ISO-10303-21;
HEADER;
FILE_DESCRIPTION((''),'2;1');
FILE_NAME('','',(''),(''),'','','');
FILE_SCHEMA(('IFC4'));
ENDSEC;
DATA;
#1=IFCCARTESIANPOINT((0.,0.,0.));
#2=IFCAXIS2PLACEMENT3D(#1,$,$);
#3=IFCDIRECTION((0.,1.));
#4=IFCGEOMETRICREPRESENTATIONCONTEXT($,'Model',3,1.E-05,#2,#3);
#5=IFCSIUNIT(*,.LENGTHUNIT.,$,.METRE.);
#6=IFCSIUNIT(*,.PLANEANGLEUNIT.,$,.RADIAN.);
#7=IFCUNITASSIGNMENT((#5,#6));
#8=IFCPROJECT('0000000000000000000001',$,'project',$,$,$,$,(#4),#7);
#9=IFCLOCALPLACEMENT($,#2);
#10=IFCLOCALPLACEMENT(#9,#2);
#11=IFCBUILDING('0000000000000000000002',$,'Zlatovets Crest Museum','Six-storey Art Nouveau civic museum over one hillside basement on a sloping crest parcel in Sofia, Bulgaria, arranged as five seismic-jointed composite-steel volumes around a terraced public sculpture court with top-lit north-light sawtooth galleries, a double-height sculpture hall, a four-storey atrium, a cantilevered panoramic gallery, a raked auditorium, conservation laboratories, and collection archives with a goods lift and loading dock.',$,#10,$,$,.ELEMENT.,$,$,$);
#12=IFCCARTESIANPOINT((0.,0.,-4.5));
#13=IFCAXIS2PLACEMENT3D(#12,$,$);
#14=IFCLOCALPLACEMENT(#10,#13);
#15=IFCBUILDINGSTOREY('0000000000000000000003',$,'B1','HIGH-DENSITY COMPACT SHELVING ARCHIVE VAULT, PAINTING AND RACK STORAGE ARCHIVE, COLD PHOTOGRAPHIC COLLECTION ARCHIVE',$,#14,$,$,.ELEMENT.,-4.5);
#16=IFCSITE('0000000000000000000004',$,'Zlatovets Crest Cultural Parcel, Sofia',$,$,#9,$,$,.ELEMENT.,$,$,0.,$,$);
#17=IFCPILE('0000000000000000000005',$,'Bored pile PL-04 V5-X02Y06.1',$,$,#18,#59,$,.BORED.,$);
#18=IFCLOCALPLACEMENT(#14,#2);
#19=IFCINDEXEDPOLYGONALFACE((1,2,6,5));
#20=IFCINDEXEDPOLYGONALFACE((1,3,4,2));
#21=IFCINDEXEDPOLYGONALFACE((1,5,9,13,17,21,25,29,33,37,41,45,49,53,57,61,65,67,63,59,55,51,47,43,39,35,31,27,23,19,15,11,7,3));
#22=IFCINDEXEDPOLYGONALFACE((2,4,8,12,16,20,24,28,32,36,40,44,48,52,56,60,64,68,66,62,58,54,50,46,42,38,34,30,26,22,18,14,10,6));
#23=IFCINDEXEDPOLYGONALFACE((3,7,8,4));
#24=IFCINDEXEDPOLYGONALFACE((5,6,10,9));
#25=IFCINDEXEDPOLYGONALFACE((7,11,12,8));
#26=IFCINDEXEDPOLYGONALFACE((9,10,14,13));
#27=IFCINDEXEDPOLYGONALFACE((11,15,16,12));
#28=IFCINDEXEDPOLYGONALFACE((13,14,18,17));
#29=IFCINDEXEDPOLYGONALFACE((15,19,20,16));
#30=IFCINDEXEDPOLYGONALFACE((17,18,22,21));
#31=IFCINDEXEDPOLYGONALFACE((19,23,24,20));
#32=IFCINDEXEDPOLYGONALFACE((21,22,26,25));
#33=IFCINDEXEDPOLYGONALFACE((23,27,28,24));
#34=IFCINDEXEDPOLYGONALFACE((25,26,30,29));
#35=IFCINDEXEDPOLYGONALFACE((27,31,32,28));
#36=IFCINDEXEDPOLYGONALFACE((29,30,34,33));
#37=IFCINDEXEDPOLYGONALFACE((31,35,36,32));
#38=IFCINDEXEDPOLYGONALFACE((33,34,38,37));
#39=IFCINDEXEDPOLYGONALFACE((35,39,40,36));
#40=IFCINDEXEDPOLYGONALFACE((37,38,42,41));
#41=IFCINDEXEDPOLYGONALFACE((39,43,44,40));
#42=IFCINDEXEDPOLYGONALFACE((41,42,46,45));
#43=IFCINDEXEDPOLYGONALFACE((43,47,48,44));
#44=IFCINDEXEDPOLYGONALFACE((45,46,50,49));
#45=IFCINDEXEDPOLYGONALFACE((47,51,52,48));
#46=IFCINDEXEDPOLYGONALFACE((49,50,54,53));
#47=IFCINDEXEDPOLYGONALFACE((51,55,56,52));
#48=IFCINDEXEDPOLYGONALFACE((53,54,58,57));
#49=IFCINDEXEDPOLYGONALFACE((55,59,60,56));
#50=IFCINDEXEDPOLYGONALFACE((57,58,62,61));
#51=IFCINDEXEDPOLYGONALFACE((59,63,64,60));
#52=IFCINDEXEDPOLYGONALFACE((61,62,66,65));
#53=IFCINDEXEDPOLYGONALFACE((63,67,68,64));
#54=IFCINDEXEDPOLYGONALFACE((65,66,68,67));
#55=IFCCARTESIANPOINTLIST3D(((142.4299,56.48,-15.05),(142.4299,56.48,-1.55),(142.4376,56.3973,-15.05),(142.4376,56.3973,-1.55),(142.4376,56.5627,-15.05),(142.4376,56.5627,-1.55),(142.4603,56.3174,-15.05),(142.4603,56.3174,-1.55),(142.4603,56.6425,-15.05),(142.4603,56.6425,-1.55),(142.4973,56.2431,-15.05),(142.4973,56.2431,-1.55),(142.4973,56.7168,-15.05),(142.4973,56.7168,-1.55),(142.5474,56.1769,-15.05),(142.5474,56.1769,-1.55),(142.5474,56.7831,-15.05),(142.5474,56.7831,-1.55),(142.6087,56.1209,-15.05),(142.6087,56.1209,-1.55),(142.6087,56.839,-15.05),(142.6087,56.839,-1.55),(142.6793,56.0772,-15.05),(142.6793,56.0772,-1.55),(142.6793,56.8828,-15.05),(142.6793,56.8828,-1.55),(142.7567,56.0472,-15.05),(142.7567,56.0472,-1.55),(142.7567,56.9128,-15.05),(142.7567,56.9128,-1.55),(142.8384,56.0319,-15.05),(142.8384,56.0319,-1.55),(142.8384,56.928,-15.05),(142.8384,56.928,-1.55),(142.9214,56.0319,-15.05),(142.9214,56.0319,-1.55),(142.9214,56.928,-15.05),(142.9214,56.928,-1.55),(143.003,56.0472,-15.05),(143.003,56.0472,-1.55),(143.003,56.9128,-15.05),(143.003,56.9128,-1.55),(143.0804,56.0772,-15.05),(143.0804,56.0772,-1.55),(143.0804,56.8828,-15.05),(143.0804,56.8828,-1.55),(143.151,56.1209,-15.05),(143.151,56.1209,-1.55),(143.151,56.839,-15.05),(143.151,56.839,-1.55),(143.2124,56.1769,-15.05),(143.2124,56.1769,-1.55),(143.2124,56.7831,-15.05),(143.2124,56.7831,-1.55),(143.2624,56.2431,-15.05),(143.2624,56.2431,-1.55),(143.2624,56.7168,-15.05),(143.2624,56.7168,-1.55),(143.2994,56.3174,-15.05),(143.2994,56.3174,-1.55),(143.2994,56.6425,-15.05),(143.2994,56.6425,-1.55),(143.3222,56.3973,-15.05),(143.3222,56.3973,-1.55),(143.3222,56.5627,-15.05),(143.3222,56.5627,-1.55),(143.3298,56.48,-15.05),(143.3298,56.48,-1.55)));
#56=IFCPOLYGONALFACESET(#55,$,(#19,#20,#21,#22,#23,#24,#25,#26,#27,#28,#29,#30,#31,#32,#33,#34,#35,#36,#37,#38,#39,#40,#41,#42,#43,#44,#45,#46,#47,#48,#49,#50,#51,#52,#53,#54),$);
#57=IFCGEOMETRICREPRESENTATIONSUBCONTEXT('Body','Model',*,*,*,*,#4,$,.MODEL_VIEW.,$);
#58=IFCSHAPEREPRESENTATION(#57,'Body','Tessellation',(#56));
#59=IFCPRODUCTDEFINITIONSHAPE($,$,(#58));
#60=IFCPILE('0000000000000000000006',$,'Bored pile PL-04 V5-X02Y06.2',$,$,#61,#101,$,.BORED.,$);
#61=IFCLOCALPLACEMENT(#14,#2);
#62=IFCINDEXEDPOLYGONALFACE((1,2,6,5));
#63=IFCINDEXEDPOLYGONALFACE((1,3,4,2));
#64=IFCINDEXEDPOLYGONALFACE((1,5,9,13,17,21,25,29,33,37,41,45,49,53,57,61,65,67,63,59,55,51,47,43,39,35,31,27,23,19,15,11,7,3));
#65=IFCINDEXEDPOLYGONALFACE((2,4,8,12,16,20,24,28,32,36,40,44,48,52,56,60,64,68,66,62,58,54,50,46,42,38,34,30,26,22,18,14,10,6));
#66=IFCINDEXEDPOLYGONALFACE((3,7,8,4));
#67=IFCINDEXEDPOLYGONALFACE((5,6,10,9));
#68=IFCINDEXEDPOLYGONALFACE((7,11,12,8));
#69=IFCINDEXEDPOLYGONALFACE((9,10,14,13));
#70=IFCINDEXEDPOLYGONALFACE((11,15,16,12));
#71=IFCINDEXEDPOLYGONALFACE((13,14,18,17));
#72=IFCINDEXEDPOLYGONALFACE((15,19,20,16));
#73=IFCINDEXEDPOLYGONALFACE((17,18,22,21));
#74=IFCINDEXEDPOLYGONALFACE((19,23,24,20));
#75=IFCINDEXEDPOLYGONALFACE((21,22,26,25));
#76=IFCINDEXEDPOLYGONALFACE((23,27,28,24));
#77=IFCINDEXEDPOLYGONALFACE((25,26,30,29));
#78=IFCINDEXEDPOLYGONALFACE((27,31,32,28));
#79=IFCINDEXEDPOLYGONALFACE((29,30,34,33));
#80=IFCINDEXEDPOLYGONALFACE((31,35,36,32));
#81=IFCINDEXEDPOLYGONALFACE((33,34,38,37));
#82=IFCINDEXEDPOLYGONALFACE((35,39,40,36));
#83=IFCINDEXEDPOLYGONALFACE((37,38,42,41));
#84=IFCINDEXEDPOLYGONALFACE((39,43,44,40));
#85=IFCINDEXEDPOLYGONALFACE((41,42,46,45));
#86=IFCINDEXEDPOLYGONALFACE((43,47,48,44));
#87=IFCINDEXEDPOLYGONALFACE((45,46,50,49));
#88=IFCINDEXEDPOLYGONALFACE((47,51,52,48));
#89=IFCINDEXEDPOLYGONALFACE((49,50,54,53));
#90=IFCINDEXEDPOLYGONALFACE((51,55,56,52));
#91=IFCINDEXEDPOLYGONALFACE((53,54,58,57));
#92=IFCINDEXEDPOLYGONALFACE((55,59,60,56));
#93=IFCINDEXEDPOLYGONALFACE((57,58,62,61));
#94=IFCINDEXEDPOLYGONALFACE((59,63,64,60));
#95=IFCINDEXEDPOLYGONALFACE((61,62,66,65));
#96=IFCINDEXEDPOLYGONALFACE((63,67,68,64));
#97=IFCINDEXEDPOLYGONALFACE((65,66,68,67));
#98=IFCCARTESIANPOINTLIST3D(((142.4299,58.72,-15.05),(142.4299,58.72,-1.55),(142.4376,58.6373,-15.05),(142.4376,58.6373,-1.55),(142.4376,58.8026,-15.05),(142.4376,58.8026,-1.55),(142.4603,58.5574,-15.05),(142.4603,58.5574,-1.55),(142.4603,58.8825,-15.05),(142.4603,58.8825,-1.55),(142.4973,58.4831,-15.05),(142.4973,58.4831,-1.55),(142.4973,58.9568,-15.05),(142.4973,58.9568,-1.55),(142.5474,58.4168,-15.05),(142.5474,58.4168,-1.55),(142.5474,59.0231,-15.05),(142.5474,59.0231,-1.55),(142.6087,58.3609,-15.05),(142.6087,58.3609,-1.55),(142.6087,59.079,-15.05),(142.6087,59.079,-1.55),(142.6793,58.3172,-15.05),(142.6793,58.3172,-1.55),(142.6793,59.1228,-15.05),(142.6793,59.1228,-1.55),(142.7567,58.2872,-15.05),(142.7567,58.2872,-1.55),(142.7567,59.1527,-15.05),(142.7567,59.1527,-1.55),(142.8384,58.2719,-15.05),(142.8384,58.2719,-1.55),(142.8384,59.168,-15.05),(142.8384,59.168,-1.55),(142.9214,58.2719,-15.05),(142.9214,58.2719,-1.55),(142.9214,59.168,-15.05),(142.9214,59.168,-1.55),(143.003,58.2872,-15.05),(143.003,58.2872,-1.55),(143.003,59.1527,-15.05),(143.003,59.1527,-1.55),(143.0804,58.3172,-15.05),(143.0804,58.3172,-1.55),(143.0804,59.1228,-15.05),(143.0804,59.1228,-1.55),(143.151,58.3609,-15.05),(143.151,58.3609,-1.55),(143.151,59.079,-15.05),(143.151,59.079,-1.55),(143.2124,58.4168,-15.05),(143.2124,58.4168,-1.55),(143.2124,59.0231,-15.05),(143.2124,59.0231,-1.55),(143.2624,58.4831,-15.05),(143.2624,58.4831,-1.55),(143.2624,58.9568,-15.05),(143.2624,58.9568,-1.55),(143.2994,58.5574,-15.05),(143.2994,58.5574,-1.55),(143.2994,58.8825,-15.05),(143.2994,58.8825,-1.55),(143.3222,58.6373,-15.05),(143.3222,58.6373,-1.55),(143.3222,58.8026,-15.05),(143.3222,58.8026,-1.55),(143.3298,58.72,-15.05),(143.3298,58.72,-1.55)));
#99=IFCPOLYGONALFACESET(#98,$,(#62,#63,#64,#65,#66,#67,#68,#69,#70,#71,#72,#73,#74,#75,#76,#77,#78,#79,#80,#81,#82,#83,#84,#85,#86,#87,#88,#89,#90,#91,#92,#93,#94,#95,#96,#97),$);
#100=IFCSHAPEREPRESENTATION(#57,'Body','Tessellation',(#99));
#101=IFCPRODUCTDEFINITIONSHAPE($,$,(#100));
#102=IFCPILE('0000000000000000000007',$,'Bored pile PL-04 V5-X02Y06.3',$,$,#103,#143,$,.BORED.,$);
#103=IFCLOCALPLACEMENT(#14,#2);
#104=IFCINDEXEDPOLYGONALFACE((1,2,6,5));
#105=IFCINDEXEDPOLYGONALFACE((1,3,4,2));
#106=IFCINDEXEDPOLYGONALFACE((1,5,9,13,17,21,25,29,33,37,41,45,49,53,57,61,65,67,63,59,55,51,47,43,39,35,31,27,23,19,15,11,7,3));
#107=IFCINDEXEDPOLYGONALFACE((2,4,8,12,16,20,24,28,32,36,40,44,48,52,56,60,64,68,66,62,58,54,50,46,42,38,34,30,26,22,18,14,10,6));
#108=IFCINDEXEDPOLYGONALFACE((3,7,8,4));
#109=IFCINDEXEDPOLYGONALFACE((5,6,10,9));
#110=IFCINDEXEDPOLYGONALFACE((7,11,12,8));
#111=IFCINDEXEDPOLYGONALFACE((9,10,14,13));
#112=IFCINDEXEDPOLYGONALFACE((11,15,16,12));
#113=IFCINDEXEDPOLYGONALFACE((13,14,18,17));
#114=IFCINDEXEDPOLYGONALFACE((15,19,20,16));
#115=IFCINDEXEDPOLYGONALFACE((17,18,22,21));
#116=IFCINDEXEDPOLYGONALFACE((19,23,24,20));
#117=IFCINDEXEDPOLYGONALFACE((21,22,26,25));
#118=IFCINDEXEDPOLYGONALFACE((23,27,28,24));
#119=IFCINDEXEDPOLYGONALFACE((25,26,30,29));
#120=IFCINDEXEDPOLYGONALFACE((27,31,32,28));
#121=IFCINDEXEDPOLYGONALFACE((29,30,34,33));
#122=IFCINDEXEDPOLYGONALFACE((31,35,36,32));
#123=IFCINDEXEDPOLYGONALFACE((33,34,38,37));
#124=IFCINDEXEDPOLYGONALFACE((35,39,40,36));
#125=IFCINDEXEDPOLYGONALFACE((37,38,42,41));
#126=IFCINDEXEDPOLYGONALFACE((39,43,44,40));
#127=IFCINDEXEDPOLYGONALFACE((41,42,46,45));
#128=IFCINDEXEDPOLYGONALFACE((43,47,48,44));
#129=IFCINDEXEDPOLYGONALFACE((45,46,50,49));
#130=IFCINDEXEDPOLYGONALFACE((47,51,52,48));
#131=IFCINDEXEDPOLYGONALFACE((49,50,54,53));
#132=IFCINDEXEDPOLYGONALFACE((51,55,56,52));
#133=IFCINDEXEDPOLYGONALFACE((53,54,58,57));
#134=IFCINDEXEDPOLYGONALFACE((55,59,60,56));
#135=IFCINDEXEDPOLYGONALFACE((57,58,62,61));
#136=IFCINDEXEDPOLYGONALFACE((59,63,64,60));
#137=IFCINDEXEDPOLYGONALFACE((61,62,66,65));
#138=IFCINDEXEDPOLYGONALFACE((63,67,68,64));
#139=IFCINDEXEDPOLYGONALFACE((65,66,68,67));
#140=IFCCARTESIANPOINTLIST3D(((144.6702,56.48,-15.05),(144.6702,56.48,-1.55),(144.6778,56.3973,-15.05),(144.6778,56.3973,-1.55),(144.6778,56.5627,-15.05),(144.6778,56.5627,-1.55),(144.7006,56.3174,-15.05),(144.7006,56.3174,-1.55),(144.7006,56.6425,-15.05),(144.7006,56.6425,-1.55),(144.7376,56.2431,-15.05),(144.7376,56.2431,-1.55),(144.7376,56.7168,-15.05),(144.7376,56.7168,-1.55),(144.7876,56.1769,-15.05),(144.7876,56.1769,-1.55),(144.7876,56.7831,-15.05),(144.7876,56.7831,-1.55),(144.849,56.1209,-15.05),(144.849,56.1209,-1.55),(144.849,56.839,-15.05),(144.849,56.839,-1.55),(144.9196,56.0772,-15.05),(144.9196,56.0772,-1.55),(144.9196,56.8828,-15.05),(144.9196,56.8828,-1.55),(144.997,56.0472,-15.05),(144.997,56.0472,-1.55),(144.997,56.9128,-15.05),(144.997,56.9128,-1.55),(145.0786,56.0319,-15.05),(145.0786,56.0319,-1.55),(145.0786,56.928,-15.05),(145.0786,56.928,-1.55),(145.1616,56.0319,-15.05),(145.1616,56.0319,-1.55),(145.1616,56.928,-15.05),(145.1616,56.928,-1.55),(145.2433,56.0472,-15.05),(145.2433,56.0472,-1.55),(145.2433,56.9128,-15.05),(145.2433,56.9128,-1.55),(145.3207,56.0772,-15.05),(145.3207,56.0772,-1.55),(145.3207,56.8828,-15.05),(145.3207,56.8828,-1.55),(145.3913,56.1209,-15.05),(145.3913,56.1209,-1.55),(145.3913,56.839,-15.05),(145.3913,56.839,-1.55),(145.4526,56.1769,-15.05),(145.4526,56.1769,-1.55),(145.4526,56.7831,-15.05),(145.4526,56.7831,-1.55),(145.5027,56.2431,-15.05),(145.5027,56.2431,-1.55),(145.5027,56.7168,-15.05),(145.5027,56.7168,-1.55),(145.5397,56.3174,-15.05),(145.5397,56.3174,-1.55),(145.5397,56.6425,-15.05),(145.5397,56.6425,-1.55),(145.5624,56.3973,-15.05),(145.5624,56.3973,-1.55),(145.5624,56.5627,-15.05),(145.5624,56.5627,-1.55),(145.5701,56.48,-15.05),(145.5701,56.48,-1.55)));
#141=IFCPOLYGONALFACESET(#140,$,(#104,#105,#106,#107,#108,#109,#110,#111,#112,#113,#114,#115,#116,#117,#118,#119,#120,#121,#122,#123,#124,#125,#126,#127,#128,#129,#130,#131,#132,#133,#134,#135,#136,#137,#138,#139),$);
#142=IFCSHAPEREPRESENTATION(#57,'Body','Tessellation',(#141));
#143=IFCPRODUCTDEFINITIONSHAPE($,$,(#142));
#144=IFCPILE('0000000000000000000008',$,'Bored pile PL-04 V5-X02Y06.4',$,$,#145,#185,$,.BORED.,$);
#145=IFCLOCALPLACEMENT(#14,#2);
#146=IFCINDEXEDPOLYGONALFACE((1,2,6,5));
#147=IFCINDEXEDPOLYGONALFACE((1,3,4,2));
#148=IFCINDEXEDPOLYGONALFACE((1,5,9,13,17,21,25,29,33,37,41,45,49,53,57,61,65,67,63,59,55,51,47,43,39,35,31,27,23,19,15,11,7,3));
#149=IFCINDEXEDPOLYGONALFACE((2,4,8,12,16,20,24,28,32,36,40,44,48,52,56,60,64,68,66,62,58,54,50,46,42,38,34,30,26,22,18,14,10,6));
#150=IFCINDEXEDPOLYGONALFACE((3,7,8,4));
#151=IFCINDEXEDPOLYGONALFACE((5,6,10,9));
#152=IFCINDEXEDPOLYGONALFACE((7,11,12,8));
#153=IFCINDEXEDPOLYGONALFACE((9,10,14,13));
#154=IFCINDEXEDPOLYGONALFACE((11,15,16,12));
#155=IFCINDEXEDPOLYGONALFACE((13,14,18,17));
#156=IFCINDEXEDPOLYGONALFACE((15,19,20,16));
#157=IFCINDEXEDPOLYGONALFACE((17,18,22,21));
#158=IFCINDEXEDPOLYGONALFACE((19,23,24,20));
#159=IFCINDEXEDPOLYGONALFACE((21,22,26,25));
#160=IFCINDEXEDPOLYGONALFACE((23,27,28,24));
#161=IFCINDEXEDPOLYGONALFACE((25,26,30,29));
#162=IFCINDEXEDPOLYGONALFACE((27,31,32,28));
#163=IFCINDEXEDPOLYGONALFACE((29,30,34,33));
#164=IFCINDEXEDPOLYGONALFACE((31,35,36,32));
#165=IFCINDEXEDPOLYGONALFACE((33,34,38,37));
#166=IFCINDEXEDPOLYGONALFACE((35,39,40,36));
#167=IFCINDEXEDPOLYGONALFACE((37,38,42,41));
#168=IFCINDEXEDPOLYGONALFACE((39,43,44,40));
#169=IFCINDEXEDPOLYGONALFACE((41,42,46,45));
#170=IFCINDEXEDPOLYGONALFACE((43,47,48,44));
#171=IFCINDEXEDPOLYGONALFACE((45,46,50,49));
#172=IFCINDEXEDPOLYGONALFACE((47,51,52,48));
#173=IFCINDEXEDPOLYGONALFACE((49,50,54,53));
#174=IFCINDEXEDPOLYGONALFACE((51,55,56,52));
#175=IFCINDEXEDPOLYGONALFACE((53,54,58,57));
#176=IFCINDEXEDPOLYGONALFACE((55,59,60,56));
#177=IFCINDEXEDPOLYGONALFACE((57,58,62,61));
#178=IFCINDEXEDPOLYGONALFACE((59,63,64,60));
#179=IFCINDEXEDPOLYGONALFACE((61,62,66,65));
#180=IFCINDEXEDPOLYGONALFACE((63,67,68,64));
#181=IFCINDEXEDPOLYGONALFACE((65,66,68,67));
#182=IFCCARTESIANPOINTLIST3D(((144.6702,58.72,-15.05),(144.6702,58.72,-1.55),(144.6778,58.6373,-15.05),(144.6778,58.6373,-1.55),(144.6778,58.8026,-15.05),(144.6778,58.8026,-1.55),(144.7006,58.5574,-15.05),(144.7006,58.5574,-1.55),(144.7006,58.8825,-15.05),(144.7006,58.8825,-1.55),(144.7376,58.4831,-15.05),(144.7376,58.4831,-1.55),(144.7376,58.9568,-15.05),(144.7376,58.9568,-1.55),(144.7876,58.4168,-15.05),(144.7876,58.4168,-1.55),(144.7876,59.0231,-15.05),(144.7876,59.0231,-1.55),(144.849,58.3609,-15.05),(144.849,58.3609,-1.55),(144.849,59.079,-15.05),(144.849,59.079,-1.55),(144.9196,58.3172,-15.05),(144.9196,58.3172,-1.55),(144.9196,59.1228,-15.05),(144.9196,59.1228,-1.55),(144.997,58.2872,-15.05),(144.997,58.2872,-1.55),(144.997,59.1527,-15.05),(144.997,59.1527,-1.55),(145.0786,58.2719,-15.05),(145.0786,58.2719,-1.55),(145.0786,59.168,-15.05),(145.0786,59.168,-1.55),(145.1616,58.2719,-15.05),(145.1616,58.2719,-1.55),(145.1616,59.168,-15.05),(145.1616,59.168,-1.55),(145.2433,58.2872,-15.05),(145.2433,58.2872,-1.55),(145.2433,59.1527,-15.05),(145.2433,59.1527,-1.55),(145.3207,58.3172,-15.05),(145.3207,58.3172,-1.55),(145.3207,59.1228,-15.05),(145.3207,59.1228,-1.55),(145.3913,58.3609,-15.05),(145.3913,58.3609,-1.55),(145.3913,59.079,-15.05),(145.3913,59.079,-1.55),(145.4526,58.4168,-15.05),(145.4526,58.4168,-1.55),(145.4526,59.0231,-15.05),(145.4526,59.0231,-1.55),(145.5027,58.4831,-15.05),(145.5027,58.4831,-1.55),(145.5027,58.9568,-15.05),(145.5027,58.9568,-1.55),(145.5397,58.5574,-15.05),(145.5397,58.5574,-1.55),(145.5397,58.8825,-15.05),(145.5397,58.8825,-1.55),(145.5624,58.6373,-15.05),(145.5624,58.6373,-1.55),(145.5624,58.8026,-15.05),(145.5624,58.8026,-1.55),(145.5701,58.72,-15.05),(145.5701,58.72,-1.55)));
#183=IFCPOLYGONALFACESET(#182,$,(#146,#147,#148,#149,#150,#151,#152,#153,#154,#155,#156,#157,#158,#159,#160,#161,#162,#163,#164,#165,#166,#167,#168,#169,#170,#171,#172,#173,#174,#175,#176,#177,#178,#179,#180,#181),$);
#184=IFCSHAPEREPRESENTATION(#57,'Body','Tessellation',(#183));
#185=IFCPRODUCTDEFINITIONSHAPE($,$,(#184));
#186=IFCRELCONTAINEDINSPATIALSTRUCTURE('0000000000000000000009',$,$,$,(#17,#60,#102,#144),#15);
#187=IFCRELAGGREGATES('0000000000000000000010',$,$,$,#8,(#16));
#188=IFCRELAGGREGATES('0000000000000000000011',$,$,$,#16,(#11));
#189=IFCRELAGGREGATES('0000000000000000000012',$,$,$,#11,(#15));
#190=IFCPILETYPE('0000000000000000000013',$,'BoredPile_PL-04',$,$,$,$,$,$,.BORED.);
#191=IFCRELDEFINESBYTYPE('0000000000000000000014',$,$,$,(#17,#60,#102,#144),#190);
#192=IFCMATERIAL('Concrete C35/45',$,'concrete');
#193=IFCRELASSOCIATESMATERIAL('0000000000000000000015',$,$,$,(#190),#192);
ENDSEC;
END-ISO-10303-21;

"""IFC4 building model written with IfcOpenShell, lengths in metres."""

from ifc_helpers import new_model, si_unit, direction, frame, origin, origin_2d, place, context, subcontext, project, spatial, circle, extrude, material, material_profile, profile_set, type_object, element, save


model = new_model("IFC4")

# Units and contexts
model_context = context("Model", 3, precision=1e-05, world=origin(), true_north=direction((0.0, 1.0)))
body_context = subcontext(model_context, "Body", "Model", "MODEL_VIEW")
ifc_project = project(units=[si_unit("LENGTHUNIT", "METRE"), si_unit("PLANEANGLEUNIT", "RADIAN")], contexts=[model_context])

# Site, building, storey
site_placement = place(None, origin())
site = spatial("IfcSite", under=ifc_project, at=site_placement, Name="Zlatovets Crest Cultural Parcel, Sofia", CompositionType="ELEMENT", RefElevation=0.0)
building_placement = place(site_placement, origin())
building = spatial("IfcBuilding", under=site, at=building_placement, Name="Zlatovets Crest Museum", Description="Six-storey Art Nouveau civic museum over one hillside basement on a sloping crest parcel in Sofia, Bulgaria, arranged as five seismic-jointed composite-steel volumes around a terraced public sculpture court with top-lit north-light sawtooth galleries, a double-height sculpture hall, a four-storey atrium, a cantilevered panoramic gallery, a raked auditorium, conservation laboratories, and collection archives with a goods lift and loading dock.", CompositionType="ELEMENT")
storey_placement = place(building_placement, frame((0.0, 0.0, -4.5)))
storey = spatial("IfcBuildingStorey", under=building, at=storey_placement, Name="B1", Description="HIGH-DENSITY COMPACT SHELVING ARCHIVE VAULT, PAINTING AND RACK STORAGE ARCHIVE, COLD PHOTOGRAPHIC COLLECTION ARCHIVE", CompositionType="ELEMENT", Elevation=-4.5)

# Piles
ifc_material = material(Name="Concrete C35/45", Category="concrete")
ifc_material_profile_1 = material_profile(ifc_material, circle(Radius=0.45, at=origin_2d()), Name="PILE D900")
ifc_profile_set_1 = profile_set([ifc_material_profile_1], Name="Concrete C35/45")
pile_type = type_object("IfcPileType", Name="BoredPile_PL-04", PredefinedType="BORED", material=ifc_profile_set_1)
for number, where, z_axis, x_axis, name in (
    (1, (142.8799, 56.48, -1.55), (0.0, 0.0, -1.0), (1.0, 0.0, 0.0), "Bored pile PL-04 V5-X02Y06.1"),
    (2, (142.8799, 58.72, -1.55), (0.0, 0.0, -1.0), (1.0, 0.0, 0.0), "Bored pile PL-04 V5-X02Y06.2"),
    (3, (145.1201, 56.48, -1.55), (0.0, 0.0, -1.0), (1.0, 0.0, 0.0), "Bored pile PL-04 V5-X02Y06.3"),
    (4, (145.1201, 58.72, -1.55), (0.0, 0.0, -1.0), (1.0, 0.0, 0.0), "Bored pile PL-04 V5-X02Y06.4"),
):
    element("IfcPile", number, at=place(storey_placement, frame(where, z_axis=z_axis, x_axis=x_axis)), inside=storey, type_object=pile_type, Name=name, PredefinedType="BORED", context=body_context, shape_type="SweptSolid", body=[
        extrude(circle(Radius=0.45, at=origin_2d()), origin(), (0.0, 0.0, 1.0), 13.5),
    ])

save(model, "model.ifc")
